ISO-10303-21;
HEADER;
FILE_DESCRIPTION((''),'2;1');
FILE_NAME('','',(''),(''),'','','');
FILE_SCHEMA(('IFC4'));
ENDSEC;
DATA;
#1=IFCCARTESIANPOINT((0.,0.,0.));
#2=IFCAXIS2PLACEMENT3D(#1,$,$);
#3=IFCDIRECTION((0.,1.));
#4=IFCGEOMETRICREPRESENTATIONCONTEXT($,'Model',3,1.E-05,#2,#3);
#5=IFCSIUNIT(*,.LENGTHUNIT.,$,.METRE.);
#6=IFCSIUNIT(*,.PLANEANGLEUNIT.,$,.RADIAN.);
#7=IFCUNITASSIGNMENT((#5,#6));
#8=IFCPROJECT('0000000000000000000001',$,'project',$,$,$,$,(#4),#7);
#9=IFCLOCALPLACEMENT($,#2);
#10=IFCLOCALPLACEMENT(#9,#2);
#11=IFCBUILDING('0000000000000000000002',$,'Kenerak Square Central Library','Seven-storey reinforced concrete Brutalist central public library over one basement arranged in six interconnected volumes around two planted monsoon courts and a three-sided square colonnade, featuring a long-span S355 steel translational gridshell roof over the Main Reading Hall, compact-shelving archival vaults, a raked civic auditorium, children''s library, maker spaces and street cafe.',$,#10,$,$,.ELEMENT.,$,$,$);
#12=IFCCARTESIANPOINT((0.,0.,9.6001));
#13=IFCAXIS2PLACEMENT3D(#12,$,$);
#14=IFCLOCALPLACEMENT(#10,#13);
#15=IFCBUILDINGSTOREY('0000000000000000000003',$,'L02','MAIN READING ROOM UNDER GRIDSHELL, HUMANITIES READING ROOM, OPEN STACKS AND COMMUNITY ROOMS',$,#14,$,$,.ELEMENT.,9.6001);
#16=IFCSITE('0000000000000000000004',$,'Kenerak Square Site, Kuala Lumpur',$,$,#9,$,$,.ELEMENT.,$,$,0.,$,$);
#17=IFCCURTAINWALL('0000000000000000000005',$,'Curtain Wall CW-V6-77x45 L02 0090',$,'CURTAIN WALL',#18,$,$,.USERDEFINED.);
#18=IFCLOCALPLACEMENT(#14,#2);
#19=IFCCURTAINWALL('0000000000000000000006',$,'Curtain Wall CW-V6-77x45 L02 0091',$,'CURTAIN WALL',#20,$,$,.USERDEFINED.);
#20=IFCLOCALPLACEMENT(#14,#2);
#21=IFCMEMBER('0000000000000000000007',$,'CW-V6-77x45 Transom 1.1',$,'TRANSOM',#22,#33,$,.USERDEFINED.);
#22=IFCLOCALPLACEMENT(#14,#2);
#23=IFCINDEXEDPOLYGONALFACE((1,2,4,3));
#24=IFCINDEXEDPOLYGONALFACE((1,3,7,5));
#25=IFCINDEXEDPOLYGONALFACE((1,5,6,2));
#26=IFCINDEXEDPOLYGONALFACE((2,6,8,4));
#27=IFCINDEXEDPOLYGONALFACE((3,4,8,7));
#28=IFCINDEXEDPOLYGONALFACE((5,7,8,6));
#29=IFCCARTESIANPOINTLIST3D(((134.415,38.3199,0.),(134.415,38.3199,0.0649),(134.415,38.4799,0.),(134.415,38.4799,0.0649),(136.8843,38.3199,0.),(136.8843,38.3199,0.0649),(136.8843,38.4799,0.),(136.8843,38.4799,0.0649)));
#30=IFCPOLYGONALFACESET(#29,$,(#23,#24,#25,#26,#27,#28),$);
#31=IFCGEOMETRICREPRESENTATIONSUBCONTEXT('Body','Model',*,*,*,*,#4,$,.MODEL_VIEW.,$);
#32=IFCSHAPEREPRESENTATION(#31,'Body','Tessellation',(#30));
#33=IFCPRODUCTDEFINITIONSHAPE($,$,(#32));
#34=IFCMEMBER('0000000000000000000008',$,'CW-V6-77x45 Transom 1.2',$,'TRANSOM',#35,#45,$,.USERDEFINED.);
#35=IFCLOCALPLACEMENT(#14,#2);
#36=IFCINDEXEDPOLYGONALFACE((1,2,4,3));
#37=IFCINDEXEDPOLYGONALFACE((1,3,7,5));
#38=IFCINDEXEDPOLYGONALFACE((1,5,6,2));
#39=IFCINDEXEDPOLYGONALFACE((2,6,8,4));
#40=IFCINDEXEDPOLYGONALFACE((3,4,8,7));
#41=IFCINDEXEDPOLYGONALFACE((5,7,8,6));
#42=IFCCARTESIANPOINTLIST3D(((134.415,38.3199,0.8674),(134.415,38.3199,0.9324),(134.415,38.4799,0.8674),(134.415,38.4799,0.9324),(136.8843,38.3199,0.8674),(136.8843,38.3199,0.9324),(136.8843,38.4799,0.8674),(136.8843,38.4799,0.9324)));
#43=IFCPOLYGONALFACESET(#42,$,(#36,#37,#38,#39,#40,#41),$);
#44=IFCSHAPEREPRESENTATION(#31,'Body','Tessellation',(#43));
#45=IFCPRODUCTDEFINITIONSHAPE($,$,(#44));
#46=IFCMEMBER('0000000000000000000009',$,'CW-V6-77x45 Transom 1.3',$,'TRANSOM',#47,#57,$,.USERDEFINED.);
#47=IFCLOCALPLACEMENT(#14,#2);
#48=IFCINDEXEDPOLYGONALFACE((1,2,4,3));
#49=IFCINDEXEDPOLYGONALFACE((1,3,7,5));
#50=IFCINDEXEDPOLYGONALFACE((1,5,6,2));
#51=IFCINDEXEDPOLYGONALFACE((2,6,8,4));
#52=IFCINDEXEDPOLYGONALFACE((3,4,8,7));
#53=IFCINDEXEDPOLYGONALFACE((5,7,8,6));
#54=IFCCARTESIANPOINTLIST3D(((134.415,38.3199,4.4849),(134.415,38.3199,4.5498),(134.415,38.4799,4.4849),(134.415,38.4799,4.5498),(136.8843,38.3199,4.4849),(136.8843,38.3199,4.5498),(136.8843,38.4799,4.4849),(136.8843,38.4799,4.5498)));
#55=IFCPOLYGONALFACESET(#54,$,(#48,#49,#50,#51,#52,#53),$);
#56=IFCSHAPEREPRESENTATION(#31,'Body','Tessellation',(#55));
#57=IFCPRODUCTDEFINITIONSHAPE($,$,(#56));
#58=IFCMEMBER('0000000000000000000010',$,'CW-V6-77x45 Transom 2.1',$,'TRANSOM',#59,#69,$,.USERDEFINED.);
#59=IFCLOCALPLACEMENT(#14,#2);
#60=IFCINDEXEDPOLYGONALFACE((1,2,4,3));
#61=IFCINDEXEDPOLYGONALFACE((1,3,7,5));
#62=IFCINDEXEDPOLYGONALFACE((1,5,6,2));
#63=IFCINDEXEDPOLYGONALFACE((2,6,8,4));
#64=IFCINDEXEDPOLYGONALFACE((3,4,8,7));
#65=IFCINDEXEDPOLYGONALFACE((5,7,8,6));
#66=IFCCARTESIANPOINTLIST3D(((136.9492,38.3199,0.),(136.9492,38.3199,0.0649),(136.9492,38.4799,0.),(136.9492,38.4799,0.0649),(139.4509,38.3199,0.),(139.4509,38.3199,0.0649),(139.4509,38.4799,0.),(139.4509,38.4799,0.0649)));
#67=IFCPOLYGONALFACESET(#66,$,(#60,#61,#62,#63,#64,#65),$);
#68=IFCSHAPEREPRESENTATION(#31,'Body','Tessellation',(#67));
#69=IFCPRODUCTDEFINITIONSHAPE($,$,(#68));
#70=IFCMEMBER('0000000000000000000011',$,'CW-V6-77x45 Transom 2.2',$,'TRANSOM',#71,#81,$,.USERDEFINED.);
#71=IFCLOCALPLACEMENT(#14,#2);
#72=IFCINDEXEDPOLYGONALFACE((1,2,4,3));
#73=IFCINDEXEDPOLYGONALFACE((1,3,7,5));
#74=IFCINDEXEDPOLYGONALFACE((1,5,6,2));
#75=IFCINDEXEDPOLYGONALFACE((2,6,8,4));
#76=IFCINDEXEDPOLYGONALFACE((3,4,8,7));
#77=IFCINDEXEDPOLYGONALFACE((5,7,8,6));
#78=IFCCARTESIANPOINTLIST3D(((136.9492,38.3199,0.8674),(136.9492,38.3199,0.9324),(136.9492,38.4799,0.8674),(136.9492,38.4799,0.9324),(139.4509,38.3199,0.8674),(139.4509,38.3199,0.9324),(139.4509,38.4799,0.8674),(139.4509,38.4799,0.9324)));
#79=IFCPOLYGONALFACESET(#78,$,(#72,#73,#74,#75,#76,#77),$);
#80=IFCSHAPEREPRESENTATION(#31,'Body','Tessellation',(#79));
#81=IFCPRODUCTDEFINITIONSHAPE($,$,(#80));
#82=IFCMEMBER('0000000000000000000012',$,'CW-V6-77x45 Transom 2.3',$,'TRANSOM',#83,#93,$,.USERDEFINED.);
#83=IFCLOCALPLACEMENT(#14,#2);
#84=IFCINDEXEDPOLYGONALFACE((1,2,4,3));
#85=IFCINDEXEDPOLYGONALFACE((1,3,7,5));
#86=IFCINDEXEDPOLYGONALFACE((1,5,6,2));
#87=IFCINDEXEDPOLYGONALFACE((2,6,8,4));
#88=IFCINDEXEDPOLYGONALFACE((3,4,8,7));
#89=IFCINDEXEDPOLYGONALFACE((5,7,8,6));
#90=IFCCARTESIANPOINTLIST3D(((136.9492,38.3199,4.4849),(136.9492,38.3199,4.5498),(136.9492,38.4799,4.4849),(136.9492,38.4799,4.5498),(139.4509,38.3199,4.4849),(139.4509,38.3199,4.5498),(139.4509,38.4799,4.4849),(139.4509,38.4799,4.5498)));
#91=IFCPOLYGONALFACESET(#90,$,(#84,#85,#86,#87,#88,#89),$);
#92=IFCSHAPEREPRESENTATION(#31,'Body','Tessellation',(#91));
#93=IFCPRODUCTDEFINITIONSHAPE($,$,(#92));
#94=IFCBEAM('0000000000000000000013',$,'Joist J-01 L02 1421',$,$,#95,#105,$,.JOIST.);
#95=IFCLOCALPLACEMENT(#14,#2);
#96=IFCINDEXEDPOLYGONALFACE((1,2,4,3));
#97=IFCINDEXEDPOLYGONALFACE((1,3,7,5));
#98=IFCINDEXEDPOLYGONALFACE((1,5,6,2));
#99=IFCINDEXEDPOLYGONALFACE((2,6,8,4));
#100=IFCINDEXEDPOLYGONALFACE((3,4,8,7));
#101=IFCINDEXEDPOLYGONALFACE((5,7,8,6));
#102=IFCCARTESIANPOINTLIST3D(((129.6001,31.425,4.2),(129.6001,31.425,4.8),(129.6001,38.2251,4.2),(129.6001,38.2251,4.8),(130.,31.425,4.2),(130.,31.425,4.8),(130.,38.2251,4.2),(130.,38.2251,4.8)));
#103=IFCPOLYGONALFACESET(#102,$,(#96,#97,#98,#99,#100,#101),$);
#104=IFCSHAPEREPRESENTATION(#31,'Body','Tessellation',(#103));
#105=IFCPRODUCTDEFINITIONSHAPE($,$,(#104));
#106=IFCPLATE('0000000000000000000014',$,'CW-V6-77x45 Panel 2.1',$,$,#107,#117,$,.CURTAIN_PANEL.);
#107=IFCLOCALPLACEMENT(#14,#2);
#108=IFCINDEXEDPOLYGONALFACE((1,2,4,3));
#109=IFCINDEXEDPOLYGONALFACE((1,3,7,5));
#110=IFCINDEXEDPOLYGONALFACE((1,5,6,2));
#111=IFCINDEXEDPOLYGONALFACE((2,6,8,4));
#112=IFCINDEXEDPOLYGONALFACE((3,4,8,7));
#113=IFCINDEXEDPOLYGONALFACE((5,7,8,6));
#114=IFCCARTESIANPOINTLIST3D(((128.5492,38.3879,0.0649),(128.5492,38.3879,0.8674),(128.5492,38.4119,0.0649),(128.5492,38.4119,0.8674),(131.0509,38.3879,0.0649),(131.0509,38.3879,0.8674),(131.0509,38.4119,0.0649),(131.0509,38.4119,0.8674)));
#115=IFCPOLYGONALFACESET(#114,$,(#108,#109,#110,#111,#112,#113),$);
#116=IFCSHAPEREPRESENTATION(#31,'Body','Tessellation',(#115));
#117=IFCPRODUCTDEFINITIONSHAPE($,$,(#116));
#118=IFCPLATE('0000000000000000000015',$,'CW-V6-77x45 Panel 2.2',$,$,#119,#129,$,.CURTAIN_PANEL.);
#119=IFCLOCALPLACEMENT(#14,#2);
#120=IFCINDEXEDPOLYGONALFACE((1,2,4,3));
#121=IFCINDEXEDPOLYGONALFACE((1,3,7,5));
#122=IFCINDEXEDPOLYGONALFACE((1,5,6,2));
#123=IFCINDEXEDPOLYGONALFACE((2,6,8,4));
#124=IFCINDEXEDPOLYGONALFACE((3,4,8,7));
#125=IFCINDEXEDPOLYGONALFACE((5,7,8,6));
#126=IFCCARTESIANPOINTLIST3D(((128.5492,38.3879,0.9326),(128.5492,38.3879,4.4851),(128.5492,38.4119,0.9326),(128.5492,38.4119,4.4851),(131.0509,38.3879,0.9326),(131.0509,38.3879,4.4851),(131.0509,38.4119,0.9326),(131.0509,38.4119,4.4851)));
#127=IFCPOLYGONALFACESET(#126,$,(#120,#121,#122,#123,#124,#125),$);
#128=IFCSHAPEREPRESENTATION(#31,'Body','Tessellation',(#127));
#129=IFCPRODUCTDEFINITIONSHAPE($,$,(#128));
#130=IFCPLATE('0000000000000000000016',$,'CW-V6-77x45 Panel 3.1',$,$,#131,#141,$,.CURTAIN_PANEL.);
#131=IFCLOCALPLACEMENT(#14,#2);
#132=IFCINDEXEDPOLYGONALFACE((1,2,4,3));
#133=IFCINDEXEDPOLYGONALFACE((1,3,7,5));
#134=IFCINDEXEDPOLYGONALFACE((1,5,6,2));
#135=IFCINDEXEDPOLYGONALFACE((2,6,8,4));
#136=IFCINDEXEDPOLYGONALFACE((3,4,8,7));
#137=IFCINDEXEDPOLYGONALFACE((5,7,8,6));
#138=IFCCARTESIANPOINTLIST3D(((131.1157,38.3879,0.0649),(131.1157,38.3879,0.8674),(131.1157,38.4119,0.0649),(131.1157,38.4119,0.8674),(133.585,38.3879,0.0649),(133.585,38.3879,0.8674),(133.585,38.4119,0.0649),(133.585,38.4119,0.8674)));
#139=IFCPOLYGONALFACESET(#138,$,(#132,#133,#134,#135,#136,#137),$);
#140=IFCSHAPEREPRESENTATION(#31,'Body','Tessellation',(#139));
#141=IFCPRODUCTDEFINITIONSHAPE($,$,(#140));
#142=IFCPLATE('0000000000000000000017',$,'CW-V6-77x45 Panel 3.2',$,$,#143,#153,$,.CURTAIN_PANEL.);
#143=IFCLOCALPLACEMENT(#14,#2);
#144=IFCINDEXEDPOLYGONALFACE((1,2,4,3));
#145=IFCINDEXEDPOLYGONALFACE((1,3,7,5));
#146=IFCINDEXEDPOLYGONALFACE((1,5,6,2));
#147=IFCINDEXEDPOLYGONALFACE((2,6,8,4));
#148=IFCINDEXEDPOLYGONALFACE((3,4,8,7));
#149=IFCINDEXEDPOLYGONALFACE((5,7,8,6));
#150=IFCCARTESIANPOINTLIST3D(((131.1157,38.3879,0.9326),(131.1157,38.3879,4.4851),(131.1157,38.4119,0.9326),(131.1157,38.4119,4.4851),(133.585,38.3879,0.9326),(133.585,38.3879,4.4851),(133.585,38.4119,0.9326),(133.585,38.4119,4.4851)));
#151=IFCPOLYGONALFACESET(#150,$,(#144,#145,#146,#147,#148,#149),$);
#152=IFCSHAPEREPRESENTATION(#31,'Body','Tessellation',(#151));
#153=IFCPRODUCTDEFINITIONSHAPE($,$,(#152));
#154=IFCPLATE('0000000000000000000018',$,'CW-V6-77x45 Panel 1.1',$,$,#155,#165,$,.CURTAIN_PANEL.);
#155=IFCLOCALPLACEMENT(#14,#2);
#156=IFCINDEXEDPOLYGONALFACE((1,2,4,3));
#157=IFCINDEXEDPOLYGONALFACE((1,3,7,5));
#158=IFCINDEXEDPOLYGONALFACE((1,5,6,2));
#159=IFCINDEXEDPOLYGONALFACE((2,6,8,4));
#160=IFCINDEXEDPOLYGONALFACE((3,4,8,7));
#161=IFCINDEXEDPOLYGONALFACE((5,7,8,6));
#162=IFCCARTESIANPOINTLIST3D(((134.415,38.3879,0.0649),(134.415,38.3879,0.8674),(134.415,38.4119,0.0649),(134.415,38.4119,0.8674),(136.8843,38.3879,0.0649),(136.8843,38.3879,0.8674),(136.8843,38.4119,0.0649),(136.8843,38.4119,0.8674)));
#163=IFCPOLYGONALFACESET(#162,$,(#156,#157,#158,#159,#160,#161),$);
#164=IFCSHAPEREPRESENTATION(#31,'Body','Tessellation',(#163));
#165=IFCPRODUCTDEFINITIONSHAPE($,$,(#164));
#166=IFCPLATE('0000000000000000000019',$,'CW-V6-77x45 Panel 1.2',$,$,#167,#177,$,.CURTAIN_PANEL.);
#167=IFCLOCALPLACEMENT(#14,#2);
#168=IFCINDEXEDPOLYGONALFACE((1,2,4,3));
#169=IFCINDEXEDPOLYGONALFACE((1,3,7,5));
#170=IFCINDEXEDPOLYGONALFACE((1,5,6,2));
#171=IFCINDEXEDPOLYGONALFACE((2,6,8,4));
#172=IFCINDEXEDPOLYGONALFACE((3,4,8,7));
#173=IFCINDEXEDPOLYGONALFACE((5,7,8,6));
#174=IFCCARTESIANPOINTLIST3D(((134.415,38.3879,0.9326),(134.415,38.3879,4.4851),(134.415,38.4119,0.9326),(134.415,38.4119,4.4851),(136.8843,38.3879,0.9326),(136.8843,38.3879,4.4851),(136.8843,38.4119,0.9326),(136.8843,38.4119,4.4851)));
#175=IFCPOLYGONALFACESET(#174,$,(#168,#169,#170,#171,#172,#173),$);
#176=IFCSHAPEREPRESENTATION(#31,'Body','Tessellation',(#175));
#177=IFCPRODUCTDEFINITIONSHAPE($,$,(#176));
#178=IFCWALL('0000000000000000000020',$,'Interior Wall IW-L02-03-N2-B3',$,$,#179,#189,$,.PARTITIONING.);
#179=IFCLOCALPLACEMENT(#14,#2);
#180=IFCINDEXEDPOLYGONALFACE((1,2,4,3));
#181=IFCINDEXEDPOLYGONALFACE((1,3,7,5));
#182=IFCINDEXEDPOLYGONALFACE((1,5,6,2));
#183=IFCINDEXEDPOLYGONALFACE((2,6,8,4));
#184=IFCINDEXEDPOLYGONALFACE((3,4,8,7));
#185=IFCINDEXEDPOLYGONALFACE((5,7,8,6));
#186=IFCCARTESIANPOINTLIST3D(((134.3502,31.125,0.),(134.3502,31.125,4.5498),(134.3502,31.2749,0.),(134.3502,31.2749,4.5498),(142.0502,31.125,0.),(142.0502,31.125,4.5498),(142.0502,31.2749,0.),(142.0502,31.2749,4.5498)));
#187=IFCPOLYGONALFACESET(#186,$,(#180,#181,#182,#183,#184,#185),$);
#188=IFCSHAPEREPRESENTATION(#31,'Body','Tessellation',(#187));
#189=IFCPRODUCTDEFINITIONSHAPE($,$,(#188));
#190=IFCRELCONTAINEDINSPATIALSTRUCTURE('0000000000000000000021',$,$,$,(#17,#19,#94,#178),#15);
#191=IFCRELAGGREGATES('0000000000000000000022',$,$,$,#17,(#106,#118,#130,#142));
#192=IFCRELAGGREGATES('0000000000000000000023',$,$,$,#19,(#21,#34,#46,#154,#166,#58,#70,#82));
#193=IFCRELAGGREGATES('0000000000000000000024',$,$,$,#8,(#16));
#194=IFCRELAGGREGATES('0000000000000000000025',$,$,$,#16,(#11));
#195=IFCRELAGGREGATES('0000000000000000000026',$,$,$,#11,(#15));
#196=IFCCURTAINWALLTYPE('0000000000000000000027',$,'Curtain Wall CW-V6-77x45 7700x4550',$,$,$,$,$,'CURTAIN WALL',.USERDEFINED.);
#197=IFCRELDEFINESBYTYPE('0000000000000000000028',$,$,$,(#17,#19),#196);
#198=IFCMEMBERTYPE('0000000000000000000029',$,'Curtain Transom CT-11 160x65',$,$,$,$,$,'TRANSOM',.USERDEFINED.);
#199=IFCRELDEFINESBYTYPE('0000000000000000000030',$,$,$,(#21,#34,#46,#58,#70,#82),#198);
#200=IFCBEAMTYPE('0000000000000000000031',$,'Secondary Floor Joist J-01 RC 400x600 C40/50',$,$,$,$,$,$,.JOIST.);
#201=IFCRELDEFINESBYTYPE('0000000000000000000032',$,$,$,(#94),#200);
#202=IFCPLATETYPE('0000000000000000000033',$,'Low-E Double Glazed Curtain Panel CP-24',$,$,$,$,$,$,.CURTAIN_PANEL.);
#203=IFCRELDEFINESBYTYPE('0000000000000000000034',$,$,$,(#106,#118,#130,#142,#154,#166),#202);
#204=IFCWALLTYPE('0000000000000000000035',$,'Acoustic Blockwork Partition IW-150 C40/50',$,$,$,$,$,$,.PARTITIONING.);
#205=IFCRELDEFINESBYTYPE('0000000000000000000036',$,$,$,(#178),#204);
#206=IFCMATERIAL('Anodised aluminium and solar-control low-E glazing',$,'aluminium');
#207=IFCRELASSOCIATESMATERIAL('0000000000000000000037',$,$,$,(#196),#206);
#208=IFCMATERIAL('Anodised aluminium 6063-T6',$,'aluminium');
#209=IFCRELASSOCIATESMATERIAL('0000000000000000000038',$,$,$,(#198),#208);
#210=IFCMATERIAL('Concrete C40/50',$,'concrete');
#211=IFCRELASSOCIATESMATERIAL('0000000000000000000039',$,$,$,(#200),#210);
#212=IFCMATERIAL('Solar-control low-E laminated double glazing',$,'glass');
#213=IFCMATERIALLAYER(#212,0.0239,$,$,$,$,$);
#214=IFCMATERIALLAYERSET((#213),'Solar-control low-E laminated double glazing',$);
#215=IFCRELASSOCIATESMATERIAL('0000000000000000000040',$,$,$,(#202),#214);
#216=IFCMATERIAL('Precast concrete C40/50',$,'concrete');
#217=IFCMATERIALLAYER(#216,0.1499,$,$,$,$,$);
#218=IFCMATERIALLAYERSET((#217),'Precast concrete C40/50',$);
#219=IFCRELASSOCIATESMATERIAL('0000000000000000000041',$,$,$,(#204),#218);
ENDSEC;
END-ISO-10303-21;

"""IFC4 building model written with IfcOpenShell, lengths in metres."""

from ifc_helpers import new_model, si_unit, direction, frame, frame_2d, origin, origin_2d, place, context, subcontext, project, spatial, rectangle, extrude, material, layer, layer_set, material_profile, profile_set, type_object, element, aggregate, save


model = new_model("IFC4")

# Units and contexts
model_context = context("Model", 3, precision=1e-05, world=origin(), true_north=direction((0.0, 1.0)))
body_context = subcontext(model_context, "Body", "Model", "MODEL_VIEW")
ifc_project = project(units=[si_unit("LENGTHUNIT", "METRE"), si_unit("PLANEANGLEUNIT", "RADIAN")], contexts=[model_context])

# Site, building, storey
site_placement = place(None, origin())
site = spatial("IfcSite", under=ifc_project, at=site_placement, Name="Kenerak Square Site, Kuala Lumpur", CompositionType="ELEMENT", RefElevation=0.0)
building_placement = place(site_placement, origin())
building = spatial("IfcBuilding", under=site, at=building_placement, Name="Kenerak Square Central Library", Description="Seven-storey reinforced concrete Brutalist central public library over one basement arranged in six interconnected volumes around two planted monsoon courts and a three-sided square colonnade, featuring a long-span S355 steel translational gridshell roof over the Main Reading Hall, compact-shelving archival vaults, a raked civic auditorium, children's library, maker spaces and street cafe.", CompositionType="ELEMENT")
storey_placement = place(building_placement, frame((0.0, 0.0, 9.6001)))
storey = spatial("IfcBuildingStorey", under=building, at=storey_placement, Name="L02", Description="MAIN READING ROOM UNDER GRIDSHELL, HUMANITIES READING ROOM, OPEN STACKS AND COMMUNITY ROOMS", CompositionType="ELEMENT", Elevation=9.6001)

# Shared definitions
ifc_material_1 = material(Name="Concrete C40/50", Category="concrete")

# Curtain walls
ifc_material_2 = material(Name="Anodised aluminium and solar-control low-E glazing", Category="aluminium")
curtain_wall_type = type_object("IfcCurtainWallType", Name="Curtain Wall CW-V6-77x45 7700x4550", ElementType="CURTAIN WALL", PredefinedType="USERDEFINED", material=ifc_material_2)
curtain_wall_1_placement = place(storey_placement, origin())
curtain_wall_1 = element("IfcCurtainWall", 1, at=curtain_wall_1_placement, inside=storey, type_object=curtain_wall_type, Name="Curtain Wall CW-V6-77x45 L02 0090", ObjectType="CURTAIN WALL", PredefinedType="USERDEFINED")
ifc_material_3 = material(Name="Anodised aluminium 6063-T6", Category="aluminium")
curtain_wall_2_placement = place(storey_placement, origin())
curtain_wall_2 = element("IfcCurtainWall", 2, at=curtain_wall_2_placement, inside=storey, type_object=curtain_wall_type, Name="Curtain Wall CW-V6-77x45 L02 0091", ObjectType="CURTAIN WALL", PredefinedType="USERDEFINED")

# Members
ifc_material_profile_1 = material_profile(ifc_material_3, rectangle(XDim=0.1599, YDim=0.0649, at=origin_2d()), Name="AL TRANSOM 160x65")
ifc_profile_set_1 = profile_set([ifc_material_profile_1], Name="Anodised aluminium 6063-T6")
member_type_1 = type_object("IfcMemberType", Name="Curtain Transom CT-11 160x65", ElementType="TRANSOM", PredefinedType="USERDEFINED", material=ifc_profile_set_1)
member_1_placement = place(storey_placement, frame((134.415, 38.3999, 0.0325), z_axis=(1.0, 0.0, 0.0), x_axis=(0.0, 1.0, 0.0)))
member_1 = element("IfcMember", 3, at=member_1_placement, type_object=member_type_1, Name="CW-V6-77x45 Transom 1.1", ObjectType="TRANSOM", PredefinedType="USERDEFINED", context=body_context, shape_type="SweptSolid", body=[
    extrude(rectangle(XDim=0.1599, YDim=0.0649, at=origin_2d()), origin(), (0.0, 0.0, 1.0), 2.4692),
])
member_2_placement = place(storey_placement, frame((134.415, 38.3999, 0.8999), z_axis=(1.0, 0.0, 0.0), x_axis=(0.0, 1.0, 0.0)))
member_2 = element("IfcMember", 4, at=member_2_placement, type_object=member_type_1, Name="CW-V6-77x45 Transom 1.2", ObjectType="TRANSOM", PredefinedType="USERDEFINED", context=body_context, shape_type="SweptSolid", body=[
    extrude(rectangle(XDim=0.1599, YDim=0.0649, at=origin_2d()), origin(), (0.0, 0.0, 1.0), 2.4692),
])
member_3_placement = place(storey_placement, frame((134.415, 38.3999, 4.5173), z_axis=(1.0, 0.0, 0.0), x_axis=(0.0, 1.0, 0.0)))
member_3 = element("IfcMember", 5, at=member_3_placement, type_object=member_type_1, Name="CW-V6-77x45 Transom 1.3", ObjectType="TRANSOM", PredefinedType="USERDEFINED", context=body_context, shape_type="SweptSolid", body=[
    extrude(rectangle(XDim=0.1599, YDim=0.0649, at=origin_2d()), origin(), (0.0, 0.0, 1.0), 2.4692),
])
member_4_placement = place(storey_placement, frame((136.9492, 38.3999, 0.0325), z_axis=(1.0, 0.0, 0.0), x_axis=(0.0, 1.0, 0.0)))
member_4 = element("IfcMember", 6, at=member_4_placement, type_object=member_type_1, Name="CW-V6-77x45 Transom 2.1", ObjectType="TRANSOM", PredefinedType="USERDEFINED", context=body_context, shape_type="SweptSolid", body=[
    extrude(rectangle(XDim=0.1599, YDim=0.0649, at=origin_2d()), origin(), (0.0, 0.0, 1.0), 2.5017),
])
member_5_placement = place(storey_placement, frame((136.9492, 38.3999, 0.8999), z_axis=(1.0, 0.0, 0.0), x_axis=(0.0, 1.0, 0.0)))
member_5 = element("IfcMember", 7, at=member_5_placement, type_object=member_type_1, Name="CW-V6-77x45 Transom 2.2", ObjectType="TRANSOM", PredefinedType="USERDEFINED", context=body_context, shape_type="SweptSolid", body=[
    extrude(rectangle(XDim=0.1599, YDim=0.0649, at=origin_2d()), origin(), (0.0, 0.0, 1.0), 2.5017),
])
member_6_placement = place(storey_placement, frame((136.9492, 38.3999, 4.5173), z_axis=(1.0, 0.0, 0.0), x_axis=(0.0, 1.0, 0.0)))
member_6 = element("IfcMember", 8, at=member_6_placement, type_object=member_type_1, Name="CW-V6-77x45 Transom 2.3", ObjectType="TRANSOM", PredefinedType="USERDEFINED", context=body_context, shape_type="SweptSolid", body=[
    extrude(rectangle(XDim=0.1599, YDim=0.0649, at=origin_2d()), origin(), (0.0, 0.0, 1.0), 2.5017),
])

# Beam
ifc_material_profile_2 = material_profile(ifc_material_1, rectangle(XDim=0.3999, YDim=0.6001, at=origin_2d()), Name="RC 400x600")
ifc_profile_set_2 = profile_set([ifc_material_profile_2], Name="Concrete C40/50")
beam_type_1 = type_object("IfcBeamType", Name="Secondary Floor Joist J-01 RC 400x600 C40/50", PredefinedType="JOIST", material=ifc_profile_set_2)
beam_1_placement = place(storey_placement, frame((129.8, 31.425, 4.5), z_axis=(0.0, 1.0, 0.0), x_axis=(-1.0, 0.0, 0.0)))
element("IfcBeam", 9, at=beam_1_placement, inside=storey, type_object=beam_type_1, Name="Joist J-01 L02 1421", PredefinedType="JOIST", context=body_context, shape_type="SweptSolid", body=[
    extrude(rectangle(XDim=0.3999, YDim=0.6001, at=origin_2d()), origin(), (0.0, 0.0, 1.0), 6.8),
])

# Plates
ifc_material_4 = material(Name="Solar-control low-E laminated double glazing", Category="glass")
ifc_layer_1 = layer(ifc_material_4, 0.0239)
ifc_layer_set_1 = layer_set([ifc_layer_1], Name="Solar-control low-E laminated double glazing")
plate_type = type_object("IfcPlateType", Name="Low-E Double Glazed Curtain Panel CP-24", PredefinedType="CURTAIN_PANEL", material=ifc_layer_set_1)
plate_1_placement = place(storey_placement, frame((129.8, 38.3999, 0.0649), z_axis=(0.0, 0.0, 1.0), x_axis=(1.0, 0.0, 0.0)))
plate_1 = element("IfcPlate", 10, at=plate_1_placement, type_object=plate_type, Name="CW-V6-77x45 Panel 2.1", PredefinedType="CURTAIN_PANEL", context=body_context, shape_type="SweptSolid", body=[
    extrude(rectangle(XDim=2.5017, YDim=0.0239, at=origin_2d()), origin(), (0.0, 0.0, 1.0), 0.8025),
])
plate_2_placement = place(storey_placement, frame((129.8, 38.3999, 0.9326), z_axis=(0.0, 0.0, 1.0), x_axis=(1.0, 0.0, 0.0)))
plate_2 = element("IfcPlate", 11, at=plate_2_placement, type_object=plate_type, Name="CW-V6-77x45 Panel 2.2", PredefinedType="CURTAIN_PANEL", context=body_context, shape_type="SweptSolid", body=[
    extrude(rectangle(XDim=2.5017, YDim=0.0239, at=origin_2d()), origin(), (0.0, 0.0, 1.0), 3.5525),
])
plate_3_placement = place(storey_placement, frame((132.3503, 38.3999, 0.0649), z_axis=(0.0, 0.0, 1.0), x_axis=(1.0, 0.0, 0.0)))
plate_3 = element("IfcPlate", 12, at=plate_3_placement, type_object=plate_type, Name="CW-V6-77x45 Panel 3.1", PredefinedType="CURTAIN_PANEL", context=body_context, shape_type="SweptSolid", body=[
    extrude(rectangle(XDim=2.4692, YDim=0.0239, at=origin_2d()), origin(), (0.0, 0.0, 1.0), 0.8025),
])
plate_4_placement = place(storey_placement, frame((132.3503, 38.3999, 0.9326), z_axis=(0.0, 0.0, 1.0), x_axis=(1.0, 0.0, 0.0)))
plate_4 = element("IfcPlate", 13, at=plate_4_placement, type_object=plate_type, Name="CW-V6-77x45 Panel 3.2", PredefinedType="CURTAIN_PANEL", context=body_context, shape_type="SweptSolid", body=[
    extrude(rectangle(XDim=2.4692, YDim=0.0239, at=origin_2d()), origin(), (0.0, 0.0, 1.0), 3.5525),
])
aggregate(curtain_wall_1, [plate_1, plate_2, plate_3, plate_4])
plate_5_placement = place(storey_placement, frame((135.6497, 38.3999, 0.0649), z_axis=(0.0, 0.0, 1.0), x_axis=(1.0, 0.0, 0.0)))
plate_5 = element("IfcPlate", 14, at=plate_5_placement, type_object=plate_type, Name="CW-V6-77x45 Panel 1.1", PredefinedType="CURTAIN_PANEL", context=body_context, shape_type="SweptSolid", body=[
    extrude(rectangle(XDim=2.4692, YDim=0.0239, at=origin_2d()), origin(), (0.0, 0.0, 1.0), 0.8025),
])
plate_6_placement = place(storey_placement, frame((135.6497, 38.3999, 0.9326), z_axis=(0.0, 0.0, 1.0), x_axis=(1.0, 0.0, 0.0)))
plate_6 = element("IfcPlate", 15, at=plate_6_placement, type_object=plate_type, Name="CW-V6-77x45 Panel 1.2", PredefinedType="CURTAIN_PANEL", context=body_context, shape_type="SweptSolid", body=[
    extrude(rectangle(XDim=2.4692, YDim=0.0239, at=origin_2d()), origin(), (0.0, 0.0, 1.0), 3.5525),
])
aggregate(curtain_wall_2, [member_1, member_2, member_3, plate_5, plate_6, member_4, member_5, member_6])

# Wall
ifc_material_5 = material(Name="Precast concrete C40/50", Category="concrete")
ifc_layer_2 = layer(ifc_material_5, 0.1499)
ifc_layer_set_2 = layer_set([ifc_layer_2], Name="Precast concrete C40/50")
wall_type = type_object("IfcWallType", Name="Acoustic Blockwork Partition IW-150 C40/50", PredefinedType="PARTITIONING", material=ifc_layer_set_2)
wall_placement = place(storey_placement, frame((134.3501, 31.2, 0.0), z_axis=(0.0, 0.0, 1.0), x_axis=(1.0, 0.0, 0.0)))
element("IfcWall", 16, at=wall_placement, inside=storey, type_object=wall_type, Name="Interior Wall IW-L02-03-N2-B3", PredefinedType="PARTITIONING", context=body_context, shape_type="SweptSolid", body=[
    extrude(rectangle(XDim=7.7, YDim=0.1499, at=frame_2d((3.8501, 0.0))), origin(), (0.0, 0.0, 1.0), 4.5498),
])

save(model, "model.ifc")
